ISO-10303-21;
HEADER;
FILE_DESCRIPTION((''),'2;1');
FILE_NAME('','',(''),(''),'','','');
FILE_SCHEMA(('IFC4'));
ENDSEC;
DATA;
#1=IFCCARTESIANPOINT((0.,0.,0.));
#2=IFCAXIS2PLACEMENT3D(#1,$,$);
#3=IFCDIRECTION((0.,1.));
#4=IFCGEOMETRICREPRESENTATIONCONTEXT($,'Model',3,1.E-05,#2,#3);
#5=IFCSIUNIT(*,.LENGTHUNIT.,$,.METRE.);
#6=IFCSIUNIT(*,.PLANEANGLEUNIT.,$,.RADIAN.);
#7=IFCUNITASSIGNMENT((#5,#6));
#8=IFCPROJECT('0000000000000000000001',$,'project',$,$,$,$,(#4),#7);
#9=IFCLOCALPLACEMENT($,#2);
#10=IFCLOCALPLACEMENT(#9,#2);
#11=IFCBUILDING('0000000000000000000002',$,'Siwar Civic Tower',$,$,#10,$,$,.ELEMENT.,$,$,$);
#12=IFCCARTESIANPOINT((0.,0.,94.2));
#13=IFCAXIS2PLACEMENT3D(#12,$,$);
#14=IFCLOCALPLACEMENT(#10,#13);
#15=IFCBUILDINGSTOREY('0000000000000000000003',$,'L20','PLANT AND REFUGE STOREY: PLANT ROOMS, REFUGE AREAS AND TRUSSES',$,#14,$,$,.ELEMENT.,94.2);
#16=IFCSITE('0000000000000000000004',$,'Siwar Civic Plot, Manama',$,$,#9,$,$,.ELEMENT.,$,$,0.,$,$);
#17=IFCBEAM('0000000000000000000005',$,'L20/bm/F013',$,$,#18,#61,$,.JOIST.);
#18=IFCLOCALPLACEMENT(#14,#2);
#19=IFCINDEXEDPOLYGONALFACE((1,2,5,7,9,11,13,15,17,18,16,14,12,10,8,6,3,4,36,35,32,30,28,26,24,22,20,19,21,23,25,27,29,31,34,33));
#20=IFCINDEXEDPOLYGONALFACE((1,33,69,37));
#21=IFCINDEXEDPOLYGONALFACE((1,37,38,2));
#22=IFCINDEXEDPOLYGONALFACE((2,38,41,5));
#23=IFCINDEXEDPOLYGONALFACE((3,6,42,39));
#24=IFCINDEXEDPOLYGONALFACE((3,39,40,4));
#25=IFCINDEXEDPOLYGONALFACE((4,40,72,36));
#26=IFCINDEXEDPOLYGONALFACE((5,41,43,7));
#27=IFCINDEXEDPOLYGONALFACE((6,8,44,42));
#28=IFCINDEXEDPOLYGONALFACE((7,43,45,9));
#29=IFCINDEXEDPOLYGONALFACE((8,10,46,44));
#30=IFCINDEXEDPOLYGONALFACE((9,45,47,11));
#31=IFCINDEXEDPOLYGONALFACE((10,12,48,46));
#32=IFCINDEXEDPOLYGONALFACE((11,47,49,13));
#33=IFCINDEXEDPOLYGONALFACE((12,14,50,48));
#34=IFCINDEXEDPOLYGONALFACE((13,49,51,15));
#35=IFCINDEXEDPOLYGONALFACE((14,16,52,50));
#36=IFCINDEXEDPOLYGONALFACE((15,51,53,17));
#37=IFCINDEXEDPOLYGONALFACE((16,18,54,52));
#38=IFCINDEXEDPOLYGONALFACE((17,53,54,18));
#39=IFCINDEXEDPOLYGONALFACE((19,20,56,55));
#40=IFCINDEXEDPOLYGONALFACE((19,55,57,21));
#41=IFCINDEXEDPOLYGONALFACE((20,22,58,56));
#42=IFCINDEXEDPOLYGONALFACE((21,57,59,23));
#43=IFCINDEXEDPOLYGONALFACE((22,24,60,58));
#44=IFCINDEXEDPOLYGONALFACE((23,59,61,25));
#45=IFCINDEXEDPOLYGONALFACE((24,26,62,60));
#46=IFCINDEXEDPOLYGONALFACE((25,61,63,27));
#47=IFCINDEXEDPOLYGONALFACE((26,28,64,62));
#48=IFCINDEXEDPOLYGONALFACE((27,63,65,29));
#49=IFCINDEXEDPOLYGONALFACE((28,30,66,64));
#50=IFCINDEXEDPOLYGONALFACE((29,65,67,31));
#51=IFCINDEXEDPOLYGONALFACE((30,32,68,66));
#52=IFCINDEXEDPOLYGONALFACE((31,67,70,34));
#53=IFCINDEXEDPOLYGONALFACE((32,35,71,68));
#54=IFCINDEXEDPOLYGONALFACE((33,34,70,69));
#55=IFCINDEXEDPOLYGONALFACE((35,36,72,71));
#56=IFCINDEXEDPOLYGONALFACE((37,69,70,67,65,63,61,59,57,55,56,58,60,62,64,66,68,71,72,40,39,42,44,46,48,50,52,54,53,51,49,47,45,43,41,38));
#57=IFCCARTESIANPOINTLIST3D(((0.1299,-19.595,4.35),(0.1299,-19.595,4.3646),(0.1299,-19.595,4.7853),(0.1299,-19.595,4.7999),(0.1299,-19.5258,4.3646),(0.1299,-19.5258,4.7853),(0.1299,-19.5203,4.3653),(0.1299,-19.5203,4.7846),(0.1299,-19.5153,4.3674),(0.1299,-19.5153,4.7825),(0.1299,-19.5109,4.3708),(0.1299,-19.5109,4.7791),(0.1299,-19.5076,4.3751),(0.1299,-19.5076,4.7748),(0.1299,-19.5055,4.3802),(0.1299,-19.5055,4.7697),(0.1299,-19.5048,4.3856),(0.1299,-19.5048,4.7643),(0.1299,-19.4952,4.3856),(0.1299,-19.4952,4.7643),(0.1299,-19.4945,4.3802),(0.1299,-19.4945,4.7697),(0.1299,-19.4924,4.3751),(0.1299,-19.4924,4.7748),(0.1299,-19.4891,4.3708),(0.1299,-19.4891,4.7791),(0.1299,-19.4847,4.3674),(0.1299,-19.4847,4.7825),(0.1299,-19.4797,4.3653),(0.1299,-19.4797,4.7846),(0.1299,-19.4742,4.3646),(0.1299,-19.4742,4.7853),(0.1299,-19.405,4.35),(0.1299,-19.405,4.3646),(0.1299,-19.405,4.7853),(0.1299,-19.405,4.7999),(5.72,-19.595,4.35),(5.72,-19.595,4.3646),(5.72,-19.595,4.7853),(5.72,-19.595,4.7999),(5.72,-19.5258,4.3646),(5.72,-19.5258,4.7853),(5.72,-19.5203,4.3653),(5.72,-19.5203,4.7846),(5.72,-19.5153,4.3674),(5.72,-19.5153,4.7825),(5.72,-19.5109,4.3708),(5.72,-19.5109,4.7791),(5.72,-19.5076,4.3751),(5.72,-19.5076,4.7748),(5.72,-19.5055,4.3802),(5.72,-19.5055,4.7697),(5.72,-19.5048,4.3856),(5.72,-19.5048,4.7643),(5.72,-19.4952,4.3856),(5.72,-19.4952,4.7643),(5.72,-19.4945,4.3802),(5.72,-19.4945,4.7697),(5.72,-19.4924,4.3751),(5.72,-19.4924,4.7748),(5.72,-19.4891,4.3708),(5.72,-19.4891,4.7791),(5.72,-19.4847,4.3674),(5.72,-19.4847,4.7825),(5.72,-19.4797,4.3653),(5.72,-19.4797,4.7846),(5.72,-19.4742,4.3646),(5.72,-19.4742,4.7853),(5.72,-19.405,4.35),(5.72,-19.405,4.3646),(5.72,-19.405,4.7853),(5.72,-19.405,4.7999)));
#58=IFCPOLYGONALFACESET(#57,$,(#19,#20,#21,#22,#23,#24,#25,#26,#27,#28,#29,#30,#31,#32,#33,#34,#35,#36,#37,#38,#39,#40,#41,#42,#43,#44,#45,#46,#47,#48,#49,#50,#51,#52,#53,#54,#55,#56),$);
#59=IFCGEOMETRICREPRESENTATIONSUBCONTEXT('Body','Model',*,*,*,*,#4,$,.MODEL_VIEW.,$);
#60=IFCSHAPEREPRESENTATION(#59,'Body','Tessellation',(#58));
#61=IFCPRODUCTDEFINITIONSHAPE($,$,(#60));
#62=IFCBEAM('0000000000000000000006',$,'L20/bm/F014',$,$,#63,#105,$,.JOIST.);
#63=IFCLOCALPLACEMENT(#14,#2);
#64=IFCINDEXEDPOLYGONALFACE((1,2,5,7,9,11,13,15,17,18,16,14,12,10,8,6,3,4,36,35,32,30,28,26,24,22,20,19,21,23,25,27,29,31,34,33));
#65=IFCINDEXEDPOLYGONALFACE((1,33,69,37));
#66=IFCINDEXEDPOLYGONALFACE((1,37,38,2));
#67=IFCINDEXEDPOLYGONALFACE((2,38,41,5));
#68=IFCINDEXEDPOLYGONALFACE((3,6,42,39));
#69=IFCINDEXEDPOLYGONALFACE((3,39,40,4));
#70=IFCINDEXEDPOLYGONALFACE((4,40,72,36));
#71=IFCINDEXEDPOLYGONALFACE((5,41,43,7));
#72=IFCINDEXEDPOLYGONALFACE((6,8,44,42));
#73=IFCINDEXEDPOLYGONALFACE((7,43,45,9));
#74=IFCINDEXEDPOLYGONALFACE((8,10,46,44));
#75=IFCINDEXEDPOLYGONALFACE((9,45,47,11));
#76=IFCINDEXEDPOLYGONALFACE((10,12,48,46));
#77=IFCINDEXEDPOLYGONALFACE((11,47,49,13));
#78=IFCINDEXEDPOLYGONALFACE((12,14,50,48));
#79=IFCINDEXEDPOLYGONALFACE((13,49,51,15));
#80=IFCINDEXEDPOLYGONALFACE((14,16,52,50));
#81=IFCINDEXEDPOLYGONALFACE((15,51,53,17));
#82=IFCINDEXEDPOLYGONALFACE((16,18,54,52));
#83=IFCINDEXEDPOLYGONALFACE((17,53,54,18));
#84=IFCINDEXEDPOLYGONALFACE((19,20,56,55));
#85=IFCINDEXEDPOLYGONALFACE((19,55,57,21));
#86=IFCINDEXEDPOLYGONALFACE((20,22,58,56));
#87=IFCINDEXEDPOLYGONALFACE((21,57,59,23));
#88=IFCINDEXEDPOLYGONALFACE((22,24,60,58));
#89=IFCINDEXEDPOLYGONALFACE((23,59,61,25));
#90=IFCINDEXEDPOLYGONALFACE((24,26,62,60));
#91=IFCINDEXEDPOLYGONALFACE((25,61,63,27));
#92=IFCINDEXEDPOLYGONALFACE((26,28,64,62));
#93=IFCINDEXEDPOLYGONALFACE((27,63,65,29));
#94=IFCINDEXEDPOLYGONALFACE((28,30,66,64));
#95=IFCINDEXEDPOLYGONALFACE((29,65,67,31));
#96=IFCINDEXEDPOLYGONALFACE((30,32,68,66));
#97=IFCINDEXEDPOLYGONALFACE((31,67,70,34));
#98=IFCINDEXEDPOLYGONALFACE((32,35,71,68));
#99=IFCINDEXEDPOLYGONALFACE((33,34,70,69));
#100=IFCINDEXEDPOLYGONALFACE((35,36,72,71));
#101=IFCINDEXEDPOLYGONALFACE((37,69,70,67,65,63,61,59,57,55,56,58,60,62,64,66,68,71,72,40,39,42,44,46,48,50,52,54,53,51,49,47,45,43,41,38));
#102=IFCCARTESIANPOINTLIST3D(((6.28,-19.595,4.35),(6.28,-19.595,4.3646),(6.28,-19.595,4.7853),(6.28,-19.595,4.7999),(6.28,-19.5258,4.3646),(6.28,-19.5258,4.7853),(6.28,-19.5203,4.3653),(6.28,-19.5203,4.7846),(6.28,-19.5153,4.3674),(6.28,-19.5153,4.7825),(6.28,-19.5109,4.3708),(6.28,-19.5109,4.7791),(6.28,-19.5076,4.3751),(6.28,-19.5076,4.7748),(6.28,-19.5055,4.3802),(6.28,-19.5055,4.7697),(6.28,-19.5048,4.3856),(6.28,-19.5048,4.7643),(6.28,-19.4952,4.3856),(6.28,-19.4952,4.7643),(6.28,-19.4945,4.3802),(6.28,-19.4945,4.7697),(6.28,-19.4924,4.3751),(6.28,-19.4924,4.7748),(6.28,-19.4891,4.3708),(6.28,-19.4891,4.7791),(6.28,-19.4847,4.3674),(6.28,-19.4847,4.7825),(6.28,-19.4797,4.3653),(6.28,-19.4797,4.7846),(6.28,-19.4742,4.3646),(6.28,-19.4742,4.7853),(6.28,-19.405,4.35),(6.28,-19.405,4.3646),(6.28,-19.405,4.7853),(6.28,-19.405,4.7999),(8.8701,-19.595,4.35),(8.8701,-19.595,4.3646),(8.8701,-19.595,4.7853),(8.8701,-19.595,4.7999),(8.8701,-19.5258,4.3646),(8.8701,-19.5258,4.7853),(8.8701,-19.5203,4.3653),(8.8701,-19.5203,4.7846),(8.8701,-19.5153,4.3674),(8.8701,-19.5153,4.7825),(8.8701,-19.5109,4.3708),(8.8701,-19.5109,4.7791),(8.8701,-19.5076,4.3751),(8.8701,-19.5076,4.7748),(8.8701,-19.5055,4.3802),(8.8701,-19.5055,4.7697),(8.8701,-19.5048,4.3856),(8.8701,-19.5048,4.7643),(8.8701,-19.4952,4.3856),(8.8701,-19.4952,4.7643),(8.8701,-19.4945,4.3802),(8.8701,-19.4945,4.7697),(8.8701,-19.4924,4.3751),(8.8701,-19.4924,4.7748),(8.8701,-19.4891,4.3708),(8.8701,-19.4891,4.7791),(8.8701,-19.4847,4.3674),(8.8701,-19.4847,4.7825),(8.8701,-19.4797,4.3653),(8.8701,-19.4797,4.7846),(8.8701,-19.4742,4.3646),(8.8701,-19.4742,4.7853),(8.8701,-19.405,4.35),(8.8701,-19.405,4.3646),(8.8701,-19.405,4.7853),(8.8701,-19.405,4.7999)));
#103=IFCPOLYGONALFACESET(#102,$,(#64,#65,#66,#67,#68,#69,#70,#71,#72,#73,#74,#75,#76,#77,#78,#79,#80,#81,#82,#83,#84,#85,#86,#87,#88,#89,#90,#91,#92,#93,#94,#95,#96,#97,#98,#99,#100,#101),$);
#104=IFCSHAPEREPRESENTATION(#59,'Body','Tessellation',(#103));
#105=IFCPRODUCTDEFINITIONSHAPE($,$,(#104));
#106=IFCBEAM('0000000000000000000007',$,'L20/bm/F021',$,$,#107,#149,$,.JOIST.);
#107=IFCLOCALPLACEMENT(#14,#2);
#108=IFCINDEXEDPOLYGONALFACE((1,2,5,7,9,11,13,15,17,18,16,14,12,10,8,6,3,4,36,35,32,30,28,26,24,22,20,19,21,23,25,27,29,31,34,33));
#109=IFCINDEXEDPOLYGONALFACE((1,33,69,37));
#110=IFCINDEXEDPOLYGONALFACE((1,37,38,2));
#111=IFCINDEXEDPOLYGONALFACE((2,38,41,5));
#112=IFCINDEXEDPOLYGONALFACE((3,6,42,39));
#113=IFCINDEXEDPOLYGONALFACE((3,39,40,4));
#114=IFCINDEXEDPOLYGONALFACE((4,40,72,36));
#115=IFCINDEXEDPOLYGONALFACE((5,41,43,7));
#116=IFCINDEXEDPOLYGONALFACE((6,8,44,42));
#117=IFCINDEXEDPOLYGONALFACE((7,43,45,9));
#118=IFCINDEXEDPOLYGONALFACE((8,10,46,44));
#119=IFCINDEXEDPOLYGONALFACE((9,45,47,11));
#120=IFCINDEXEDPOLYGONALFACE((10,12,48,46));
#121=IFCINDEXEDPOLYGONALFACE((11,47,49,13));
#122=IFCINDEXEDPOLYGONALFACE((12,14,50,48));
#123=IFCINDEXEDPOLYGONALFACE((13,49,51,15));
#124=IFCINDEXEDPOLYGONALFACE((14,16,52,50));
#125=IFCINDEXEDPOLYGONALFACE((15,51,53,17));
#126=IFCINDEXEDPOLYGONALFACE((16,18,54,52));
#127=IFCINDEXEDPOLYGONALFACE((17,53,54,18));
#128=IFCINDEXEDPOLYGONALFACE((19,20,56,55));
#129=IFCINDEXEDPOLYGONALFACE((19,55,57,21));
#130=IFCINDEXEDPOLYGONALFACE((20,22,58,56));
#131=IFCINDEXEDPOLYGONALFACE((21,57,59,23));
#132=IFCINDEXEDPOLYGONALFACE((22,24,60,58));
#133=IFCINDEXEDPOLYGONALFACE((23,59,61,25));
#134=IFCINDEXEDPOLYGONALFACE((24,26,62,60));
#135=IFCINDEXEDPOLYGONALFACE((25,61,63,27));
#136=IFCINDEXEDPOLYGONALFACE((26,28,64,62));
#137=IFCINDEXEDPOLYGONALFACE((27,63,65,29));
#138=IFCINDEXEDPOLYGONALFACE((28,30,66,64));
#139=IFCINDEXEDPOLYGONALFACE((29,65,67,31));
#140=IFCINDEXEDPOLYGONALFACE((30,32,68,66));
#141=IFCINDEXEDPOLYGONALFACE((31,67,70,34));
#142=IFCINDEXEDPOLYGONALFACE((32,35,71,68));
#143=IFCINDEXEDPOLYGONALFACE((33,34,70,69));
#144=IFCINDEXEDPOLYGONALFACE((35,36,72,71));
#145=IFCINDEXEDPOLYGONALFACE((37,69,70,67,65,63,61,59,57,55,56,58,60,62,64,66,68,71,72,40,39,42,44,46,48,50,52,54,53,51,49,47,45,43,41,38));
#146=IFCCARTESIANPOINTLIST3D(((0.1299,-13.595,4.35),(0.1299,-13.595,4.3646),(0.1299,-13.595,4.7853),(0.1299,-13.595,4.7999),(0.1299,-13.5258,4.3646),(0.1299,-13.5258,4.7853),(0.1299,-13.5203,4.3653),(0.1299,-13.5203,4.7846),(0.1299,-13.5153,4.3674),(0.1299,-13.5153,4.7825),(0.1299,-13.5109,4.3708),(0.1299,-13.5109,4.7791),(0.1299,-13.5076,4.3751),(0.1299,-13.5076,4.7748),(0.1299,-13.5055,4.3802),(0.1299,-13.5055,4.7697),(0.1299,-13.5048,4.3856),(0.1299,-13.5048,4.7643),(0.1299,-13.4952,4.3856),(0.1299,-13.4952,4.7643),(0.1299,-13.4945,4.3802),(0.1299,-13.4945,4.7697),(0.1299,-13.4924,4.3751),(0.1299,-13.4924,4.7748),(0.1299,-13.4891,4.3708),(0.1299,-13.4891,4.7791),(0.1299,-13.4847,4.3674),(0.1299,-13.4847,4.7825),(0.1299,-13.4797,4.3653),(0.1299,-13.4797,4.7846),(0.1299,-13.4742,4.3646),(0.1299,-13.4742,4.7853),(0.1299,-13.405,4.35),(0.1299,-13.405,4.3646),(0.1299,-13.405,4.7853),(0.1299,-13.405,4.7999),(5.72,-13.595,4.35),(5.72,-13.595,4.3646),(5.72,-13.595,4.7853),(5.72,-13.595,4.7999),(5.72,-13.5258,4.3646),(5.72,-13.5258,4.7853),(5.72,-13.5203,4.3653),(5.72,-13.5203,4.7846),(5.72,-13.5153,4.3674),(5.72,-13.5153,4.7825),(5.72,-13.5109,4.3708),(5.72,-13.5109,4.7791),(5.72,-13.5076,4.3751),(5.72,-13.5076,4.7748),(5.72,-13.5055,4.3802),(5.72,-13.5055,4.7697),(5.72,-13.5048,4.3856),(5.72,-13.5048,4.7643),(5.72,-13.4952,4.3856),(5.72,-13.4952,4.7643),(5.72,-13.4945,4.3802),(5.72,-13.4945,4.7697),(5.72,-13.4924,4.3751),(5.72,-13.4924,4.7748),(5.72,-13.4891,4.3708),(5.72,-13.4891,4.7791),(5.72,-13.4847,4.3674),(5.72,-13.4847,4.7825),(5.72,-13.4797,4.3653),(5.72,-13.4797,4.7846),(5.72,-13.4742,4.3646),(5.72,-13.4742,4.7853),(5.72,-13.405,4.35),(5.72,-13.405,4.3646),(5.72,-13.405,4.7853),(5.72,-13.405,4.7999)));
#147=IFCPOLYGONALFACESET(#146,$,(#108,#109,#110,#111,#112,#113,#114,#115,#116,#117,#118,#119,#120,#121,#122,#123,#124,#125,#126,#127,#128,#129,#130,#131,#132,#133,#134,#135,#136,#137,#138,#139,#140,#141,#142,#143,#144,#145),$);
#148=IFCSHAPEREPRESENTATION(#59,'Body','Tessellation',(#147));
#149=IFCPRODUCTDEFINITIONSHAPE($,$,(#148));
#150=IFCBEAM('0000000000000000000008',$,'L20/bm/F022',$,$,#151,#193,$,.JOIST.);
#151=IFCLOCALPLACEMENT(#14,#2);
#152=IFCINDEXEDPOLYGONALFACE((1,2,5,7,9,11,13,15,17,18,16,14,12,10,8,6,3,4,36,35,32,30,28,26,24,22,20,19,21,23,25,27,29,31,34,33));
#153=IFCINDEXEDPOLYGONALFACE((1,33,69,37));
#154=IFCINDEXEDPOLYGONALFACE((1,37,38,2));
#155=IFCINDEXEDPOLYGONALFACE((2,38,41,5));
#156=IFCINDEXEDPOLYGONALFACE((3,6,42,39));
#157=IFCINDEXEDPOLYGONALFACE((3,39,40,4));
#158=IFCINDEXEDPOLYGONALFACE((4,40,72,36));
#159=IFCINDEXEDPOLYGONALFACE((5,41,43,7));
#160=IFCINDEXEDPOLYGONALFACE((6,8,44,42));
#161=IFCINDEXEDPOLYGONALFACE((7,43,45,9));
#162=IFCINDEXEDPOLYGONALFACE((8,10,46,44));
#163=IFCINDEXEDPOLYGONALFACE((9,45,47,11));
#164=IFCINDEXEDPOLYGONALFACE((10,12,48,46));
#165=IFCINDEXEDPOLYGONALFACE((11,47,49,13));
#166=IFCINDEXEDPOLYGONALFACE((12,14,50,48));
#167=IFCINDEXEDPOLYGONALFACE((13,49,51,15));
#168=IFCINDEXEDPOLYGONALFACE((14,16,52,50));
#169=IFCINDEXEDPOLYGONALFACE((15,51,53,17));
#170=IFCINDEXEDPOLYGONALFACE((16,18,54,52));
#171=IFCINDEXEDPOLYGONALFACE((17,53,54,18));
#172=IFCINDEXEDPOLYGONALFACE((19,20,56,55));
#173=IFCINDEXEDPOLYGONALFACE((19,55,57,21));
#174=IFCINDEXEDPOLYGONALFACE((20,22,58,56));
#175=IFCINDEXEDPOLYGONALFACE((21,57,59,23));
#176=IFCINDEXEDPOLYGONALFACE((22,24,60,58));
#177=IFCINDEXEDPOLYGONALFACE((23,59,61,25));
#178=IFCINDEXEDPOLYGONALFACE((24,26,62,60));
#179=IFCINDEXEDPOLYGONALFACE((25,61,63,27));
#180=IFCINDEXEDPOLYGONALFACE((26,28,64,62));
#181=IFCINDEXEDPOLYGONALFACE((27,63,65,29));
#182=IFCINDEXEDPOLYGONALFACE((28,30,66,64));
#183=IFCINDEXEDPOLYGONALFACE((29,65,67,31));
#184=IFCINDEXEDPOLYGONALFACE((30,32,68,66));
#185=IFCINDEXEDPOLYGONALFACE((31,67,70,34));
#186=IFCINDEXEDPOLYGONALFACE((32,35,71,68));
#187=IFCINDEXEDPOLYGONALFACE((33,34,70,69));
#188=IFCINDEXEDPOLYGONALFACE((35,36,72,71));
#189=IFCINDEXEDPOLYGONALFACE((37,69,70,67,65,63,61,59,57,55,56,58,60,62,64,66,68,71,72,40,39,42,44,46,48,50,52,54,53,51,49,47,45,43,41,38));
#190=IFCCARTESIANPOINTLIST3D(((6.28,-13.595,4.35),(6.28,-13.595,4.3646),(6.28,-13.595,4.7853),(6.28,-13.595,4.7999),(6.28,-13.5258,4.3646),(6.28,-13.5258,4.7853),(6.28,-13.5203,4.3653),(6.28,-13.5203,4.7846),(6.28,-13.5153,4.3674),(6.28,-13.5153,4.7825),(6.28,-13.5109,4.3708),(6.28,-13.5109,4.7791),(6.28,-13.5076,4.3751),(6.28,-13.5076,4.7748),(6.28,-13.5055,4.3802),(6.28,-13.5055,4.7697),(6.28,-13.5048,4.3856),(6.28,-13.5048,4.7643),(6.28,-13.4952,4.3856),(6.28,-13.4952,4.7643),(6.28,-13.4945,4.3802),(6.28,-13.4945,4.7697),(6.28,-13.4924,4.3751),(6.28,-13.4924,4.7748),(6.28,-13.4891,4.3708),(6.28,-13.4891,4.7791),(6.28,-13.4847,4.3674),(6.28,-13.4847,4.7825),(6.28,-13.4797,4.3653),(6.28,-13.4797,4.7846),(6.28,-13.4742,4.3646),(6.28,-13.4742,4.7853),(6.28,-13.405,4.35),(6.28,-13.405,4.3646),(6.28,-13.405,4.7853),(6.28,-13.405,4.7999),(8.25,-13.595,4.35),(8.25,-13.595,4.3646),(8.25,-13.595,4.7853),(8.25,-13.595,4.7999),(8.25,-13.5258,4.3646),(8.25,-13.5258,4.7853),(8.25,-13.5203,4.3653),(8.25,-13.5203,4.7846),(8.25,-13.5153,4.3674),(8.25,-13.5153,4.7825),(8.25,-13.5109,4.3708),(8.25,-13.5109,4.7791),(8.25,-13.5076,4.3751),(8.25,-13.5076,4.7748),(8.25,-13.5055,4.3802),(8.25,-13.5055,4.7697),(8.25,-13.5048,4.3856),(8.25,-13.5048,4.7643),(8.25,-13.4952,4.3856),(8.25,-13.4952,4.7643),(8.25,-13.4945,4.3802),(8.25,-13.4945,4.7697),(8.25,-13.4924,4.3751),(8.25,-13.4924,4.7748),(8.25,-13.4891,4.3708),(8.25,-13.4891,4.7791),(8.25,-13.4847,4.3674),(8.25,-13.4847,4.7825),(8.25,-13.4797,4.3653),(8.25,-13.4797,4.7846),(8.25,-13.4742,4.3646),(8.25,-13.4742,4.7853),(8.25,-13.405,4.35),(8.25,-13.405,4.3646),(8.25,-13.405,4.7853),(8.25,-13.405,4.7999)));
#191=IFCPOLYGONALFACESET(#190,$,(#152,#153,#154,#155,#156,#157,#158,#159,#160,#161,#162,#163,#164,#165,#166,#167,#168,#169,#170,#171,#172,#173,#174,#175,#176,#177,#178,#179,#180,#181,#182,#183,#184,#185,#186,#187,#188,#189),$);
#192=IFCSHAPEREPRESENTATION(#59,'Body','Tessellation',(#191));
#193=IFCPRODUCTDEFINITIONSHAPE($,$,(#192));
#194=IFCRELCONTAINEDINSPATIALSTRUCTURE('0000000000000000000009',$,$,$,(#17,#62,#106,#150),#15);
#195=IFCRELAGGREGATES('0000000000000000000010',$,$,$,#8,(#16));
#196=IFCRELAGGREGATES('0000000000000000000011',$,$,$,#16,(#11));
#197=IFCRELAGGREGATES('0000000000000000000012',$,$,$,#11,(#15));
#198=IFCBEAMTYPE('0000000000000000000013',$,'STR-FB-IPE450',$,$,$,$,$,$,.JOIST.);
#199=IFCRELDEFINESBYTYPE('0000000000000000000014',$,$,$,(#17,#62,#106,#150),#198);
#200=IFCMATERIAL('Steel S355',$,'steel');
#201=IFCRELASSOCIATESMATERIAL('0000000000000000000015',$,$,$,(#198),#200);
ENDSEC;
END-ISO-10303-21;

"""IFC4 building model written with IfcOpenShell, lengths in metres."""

from ifc_helpers import new_model, si_unit, direction, frame, origin, origin_2d, place, context, subcontext, project, spatial, i_section, extrude, material, material_profile, profile_set, type_object, element, save


model = new_model("IFC4")

# Units and contexts
model_context = context("Model", 3, precision=1e-05, world=origin(), true_north=direction((0.0, 1.0)))
body_context = subcontext(model_context, "Body", "Model", "MODEL_VIEW")
ifc_project = project(units=[si_unit("LENGTHUNIT", "METRE"), si_unit("PLANEANGLEUNIT", "RADIAN")], contexts=[model_context])

# Site, building, storey
site_placement = place(None, origin())
site = spatial("IfcSite", under=ifc_project, at=site_placement, Name="Siwar Civic Plot, Manama", CompositionType="ELEMENT", RefElevation=0.0)
building_placement = place(site_placement, origin())
building = spatial("IfcBuilding", under=site, at=building_placement, Name="Siwar Civic Tower", CompositionType="ELEMENT")
storey_placement = place(building_placement, frame((0.0, 0.0, 94.2)))
storey = spatial("IfcBuildingStorey", under=building, at=storey_placement, Name="L20", Description="PLANT AND REFUGE STOREY: PLANT ROOMS, REFUGE AREAS AND TRUSSES", CompositionType="ELEMENT", Elevation=94.2)

# Beams
ifc_material_1 = material(Name="Steel S355", Category="steel")
ifc_material_profile_1 = material_profile(ifc_material_1, i_section(OverallWidth=0.1899, OverallDepth=0.45, WebThickness=0.0095, FlangeThickness=0.0146, FilletRadius=0.021, at=origin_2d()), Name="IPE450")
ifc_profile_set_1 = profile_set([ifc_material_profile_1], Name="Steel S355")
beam_type_1 = type_object("IfcBeamType", Name="STR-FB-IPE450", PredefinedType="JOIST", material=ifc_profile_set_1)
beam_1_placement = place(storey_placement, frame((0.1299, -19.5, 4.575), z_axis=(1.0, 0.0, 0.0), x_axis=(0.0, 1.0, 0.0)))
element("IfcBeam", 1, at=beam_1_placement, inside=storey, type_object=beam_type_1, Name="L20/bm/F013", PredefinedType="JOIST", context=body_context, shape_type="SweptSolid", body=[
    extrude(i_section(OverallWidth=0.1899, OverallDepth=0.45, WebThickness=0.0095, FlangeThickness=0.0146, FilletRadius=0.021, at=origin_2d()), origin(), (0.0, 0.0, 1.0), 5.5901),
])
beam_2_placement = place(storey_placement, frame((6.28, -19.5, 4.575), z_axis=(1.0, 0.0, 0.0), x_axis=(0.0, 1.0, 0.0)))
element("IfcBeam", 2, at=beam_2_placement, inside=storey, type_object=beam_type_1, Name="L20/bm/F014", PredefinedType="JOIST", context=body_context, shape_type="SweptSolid", body=[
    extrude(i_section(OverallWidth=0.1899, OverallDepth=0.45, WebThickness=0.0095, FlangeThickness=0.0146, FilletRadius=0.021, at=origin_2d()), origin(), (0.0, 0.0, 1.0), 2.5901),
])
beam_3_placement = place(storey_placement, frame((0.1299, -13.5, 4.575), z_axis=(1.0, 0.0, 0.0), x_axis=(0.0, 1.0, 0.0)))
element("IfcBeam", 3, at=beam_3_placement, inside=storey, type_object=beam_type_1, Name="L20/bm/F021", PredefinedType="JOIST", context=body_context, shape_type="SweptSolid", body=[
    extrude(i_section(OverallWidth=0.1899, OverallDepth=0.45, WebThickness=0.0095, FlangeThickness=0.0146, FilletRadius=0.021, at=origin_2d()), origin(), (0.0, 0.0, 1.0), 5.5901),
])
beam_4_placement = place(storey_placement, frame((6.28, -13.5, 4.575), z_axis=(1.0, 0.0, 0.0), x_axis=(0.0, 1.0, 0.0)))
element("IfcBeam", 4, at=beam_4_placement, inside=storey, type_object=beam_type_1, Name="L20/bm/F022", PredefinedType="JOIST", context=body_context, shape_type="SweptSolid", body=[
    extrude(i_section(OverallWidth=0.1899, OverallDepth=0.45, WebThickness=0.0095, FlangeThickness=0.0146, FilletRadius=0.021, at=origin_2d()), origin(), (0.0, 0.0, 1.0), 1.97),
])

save(model, "model.ifc")
